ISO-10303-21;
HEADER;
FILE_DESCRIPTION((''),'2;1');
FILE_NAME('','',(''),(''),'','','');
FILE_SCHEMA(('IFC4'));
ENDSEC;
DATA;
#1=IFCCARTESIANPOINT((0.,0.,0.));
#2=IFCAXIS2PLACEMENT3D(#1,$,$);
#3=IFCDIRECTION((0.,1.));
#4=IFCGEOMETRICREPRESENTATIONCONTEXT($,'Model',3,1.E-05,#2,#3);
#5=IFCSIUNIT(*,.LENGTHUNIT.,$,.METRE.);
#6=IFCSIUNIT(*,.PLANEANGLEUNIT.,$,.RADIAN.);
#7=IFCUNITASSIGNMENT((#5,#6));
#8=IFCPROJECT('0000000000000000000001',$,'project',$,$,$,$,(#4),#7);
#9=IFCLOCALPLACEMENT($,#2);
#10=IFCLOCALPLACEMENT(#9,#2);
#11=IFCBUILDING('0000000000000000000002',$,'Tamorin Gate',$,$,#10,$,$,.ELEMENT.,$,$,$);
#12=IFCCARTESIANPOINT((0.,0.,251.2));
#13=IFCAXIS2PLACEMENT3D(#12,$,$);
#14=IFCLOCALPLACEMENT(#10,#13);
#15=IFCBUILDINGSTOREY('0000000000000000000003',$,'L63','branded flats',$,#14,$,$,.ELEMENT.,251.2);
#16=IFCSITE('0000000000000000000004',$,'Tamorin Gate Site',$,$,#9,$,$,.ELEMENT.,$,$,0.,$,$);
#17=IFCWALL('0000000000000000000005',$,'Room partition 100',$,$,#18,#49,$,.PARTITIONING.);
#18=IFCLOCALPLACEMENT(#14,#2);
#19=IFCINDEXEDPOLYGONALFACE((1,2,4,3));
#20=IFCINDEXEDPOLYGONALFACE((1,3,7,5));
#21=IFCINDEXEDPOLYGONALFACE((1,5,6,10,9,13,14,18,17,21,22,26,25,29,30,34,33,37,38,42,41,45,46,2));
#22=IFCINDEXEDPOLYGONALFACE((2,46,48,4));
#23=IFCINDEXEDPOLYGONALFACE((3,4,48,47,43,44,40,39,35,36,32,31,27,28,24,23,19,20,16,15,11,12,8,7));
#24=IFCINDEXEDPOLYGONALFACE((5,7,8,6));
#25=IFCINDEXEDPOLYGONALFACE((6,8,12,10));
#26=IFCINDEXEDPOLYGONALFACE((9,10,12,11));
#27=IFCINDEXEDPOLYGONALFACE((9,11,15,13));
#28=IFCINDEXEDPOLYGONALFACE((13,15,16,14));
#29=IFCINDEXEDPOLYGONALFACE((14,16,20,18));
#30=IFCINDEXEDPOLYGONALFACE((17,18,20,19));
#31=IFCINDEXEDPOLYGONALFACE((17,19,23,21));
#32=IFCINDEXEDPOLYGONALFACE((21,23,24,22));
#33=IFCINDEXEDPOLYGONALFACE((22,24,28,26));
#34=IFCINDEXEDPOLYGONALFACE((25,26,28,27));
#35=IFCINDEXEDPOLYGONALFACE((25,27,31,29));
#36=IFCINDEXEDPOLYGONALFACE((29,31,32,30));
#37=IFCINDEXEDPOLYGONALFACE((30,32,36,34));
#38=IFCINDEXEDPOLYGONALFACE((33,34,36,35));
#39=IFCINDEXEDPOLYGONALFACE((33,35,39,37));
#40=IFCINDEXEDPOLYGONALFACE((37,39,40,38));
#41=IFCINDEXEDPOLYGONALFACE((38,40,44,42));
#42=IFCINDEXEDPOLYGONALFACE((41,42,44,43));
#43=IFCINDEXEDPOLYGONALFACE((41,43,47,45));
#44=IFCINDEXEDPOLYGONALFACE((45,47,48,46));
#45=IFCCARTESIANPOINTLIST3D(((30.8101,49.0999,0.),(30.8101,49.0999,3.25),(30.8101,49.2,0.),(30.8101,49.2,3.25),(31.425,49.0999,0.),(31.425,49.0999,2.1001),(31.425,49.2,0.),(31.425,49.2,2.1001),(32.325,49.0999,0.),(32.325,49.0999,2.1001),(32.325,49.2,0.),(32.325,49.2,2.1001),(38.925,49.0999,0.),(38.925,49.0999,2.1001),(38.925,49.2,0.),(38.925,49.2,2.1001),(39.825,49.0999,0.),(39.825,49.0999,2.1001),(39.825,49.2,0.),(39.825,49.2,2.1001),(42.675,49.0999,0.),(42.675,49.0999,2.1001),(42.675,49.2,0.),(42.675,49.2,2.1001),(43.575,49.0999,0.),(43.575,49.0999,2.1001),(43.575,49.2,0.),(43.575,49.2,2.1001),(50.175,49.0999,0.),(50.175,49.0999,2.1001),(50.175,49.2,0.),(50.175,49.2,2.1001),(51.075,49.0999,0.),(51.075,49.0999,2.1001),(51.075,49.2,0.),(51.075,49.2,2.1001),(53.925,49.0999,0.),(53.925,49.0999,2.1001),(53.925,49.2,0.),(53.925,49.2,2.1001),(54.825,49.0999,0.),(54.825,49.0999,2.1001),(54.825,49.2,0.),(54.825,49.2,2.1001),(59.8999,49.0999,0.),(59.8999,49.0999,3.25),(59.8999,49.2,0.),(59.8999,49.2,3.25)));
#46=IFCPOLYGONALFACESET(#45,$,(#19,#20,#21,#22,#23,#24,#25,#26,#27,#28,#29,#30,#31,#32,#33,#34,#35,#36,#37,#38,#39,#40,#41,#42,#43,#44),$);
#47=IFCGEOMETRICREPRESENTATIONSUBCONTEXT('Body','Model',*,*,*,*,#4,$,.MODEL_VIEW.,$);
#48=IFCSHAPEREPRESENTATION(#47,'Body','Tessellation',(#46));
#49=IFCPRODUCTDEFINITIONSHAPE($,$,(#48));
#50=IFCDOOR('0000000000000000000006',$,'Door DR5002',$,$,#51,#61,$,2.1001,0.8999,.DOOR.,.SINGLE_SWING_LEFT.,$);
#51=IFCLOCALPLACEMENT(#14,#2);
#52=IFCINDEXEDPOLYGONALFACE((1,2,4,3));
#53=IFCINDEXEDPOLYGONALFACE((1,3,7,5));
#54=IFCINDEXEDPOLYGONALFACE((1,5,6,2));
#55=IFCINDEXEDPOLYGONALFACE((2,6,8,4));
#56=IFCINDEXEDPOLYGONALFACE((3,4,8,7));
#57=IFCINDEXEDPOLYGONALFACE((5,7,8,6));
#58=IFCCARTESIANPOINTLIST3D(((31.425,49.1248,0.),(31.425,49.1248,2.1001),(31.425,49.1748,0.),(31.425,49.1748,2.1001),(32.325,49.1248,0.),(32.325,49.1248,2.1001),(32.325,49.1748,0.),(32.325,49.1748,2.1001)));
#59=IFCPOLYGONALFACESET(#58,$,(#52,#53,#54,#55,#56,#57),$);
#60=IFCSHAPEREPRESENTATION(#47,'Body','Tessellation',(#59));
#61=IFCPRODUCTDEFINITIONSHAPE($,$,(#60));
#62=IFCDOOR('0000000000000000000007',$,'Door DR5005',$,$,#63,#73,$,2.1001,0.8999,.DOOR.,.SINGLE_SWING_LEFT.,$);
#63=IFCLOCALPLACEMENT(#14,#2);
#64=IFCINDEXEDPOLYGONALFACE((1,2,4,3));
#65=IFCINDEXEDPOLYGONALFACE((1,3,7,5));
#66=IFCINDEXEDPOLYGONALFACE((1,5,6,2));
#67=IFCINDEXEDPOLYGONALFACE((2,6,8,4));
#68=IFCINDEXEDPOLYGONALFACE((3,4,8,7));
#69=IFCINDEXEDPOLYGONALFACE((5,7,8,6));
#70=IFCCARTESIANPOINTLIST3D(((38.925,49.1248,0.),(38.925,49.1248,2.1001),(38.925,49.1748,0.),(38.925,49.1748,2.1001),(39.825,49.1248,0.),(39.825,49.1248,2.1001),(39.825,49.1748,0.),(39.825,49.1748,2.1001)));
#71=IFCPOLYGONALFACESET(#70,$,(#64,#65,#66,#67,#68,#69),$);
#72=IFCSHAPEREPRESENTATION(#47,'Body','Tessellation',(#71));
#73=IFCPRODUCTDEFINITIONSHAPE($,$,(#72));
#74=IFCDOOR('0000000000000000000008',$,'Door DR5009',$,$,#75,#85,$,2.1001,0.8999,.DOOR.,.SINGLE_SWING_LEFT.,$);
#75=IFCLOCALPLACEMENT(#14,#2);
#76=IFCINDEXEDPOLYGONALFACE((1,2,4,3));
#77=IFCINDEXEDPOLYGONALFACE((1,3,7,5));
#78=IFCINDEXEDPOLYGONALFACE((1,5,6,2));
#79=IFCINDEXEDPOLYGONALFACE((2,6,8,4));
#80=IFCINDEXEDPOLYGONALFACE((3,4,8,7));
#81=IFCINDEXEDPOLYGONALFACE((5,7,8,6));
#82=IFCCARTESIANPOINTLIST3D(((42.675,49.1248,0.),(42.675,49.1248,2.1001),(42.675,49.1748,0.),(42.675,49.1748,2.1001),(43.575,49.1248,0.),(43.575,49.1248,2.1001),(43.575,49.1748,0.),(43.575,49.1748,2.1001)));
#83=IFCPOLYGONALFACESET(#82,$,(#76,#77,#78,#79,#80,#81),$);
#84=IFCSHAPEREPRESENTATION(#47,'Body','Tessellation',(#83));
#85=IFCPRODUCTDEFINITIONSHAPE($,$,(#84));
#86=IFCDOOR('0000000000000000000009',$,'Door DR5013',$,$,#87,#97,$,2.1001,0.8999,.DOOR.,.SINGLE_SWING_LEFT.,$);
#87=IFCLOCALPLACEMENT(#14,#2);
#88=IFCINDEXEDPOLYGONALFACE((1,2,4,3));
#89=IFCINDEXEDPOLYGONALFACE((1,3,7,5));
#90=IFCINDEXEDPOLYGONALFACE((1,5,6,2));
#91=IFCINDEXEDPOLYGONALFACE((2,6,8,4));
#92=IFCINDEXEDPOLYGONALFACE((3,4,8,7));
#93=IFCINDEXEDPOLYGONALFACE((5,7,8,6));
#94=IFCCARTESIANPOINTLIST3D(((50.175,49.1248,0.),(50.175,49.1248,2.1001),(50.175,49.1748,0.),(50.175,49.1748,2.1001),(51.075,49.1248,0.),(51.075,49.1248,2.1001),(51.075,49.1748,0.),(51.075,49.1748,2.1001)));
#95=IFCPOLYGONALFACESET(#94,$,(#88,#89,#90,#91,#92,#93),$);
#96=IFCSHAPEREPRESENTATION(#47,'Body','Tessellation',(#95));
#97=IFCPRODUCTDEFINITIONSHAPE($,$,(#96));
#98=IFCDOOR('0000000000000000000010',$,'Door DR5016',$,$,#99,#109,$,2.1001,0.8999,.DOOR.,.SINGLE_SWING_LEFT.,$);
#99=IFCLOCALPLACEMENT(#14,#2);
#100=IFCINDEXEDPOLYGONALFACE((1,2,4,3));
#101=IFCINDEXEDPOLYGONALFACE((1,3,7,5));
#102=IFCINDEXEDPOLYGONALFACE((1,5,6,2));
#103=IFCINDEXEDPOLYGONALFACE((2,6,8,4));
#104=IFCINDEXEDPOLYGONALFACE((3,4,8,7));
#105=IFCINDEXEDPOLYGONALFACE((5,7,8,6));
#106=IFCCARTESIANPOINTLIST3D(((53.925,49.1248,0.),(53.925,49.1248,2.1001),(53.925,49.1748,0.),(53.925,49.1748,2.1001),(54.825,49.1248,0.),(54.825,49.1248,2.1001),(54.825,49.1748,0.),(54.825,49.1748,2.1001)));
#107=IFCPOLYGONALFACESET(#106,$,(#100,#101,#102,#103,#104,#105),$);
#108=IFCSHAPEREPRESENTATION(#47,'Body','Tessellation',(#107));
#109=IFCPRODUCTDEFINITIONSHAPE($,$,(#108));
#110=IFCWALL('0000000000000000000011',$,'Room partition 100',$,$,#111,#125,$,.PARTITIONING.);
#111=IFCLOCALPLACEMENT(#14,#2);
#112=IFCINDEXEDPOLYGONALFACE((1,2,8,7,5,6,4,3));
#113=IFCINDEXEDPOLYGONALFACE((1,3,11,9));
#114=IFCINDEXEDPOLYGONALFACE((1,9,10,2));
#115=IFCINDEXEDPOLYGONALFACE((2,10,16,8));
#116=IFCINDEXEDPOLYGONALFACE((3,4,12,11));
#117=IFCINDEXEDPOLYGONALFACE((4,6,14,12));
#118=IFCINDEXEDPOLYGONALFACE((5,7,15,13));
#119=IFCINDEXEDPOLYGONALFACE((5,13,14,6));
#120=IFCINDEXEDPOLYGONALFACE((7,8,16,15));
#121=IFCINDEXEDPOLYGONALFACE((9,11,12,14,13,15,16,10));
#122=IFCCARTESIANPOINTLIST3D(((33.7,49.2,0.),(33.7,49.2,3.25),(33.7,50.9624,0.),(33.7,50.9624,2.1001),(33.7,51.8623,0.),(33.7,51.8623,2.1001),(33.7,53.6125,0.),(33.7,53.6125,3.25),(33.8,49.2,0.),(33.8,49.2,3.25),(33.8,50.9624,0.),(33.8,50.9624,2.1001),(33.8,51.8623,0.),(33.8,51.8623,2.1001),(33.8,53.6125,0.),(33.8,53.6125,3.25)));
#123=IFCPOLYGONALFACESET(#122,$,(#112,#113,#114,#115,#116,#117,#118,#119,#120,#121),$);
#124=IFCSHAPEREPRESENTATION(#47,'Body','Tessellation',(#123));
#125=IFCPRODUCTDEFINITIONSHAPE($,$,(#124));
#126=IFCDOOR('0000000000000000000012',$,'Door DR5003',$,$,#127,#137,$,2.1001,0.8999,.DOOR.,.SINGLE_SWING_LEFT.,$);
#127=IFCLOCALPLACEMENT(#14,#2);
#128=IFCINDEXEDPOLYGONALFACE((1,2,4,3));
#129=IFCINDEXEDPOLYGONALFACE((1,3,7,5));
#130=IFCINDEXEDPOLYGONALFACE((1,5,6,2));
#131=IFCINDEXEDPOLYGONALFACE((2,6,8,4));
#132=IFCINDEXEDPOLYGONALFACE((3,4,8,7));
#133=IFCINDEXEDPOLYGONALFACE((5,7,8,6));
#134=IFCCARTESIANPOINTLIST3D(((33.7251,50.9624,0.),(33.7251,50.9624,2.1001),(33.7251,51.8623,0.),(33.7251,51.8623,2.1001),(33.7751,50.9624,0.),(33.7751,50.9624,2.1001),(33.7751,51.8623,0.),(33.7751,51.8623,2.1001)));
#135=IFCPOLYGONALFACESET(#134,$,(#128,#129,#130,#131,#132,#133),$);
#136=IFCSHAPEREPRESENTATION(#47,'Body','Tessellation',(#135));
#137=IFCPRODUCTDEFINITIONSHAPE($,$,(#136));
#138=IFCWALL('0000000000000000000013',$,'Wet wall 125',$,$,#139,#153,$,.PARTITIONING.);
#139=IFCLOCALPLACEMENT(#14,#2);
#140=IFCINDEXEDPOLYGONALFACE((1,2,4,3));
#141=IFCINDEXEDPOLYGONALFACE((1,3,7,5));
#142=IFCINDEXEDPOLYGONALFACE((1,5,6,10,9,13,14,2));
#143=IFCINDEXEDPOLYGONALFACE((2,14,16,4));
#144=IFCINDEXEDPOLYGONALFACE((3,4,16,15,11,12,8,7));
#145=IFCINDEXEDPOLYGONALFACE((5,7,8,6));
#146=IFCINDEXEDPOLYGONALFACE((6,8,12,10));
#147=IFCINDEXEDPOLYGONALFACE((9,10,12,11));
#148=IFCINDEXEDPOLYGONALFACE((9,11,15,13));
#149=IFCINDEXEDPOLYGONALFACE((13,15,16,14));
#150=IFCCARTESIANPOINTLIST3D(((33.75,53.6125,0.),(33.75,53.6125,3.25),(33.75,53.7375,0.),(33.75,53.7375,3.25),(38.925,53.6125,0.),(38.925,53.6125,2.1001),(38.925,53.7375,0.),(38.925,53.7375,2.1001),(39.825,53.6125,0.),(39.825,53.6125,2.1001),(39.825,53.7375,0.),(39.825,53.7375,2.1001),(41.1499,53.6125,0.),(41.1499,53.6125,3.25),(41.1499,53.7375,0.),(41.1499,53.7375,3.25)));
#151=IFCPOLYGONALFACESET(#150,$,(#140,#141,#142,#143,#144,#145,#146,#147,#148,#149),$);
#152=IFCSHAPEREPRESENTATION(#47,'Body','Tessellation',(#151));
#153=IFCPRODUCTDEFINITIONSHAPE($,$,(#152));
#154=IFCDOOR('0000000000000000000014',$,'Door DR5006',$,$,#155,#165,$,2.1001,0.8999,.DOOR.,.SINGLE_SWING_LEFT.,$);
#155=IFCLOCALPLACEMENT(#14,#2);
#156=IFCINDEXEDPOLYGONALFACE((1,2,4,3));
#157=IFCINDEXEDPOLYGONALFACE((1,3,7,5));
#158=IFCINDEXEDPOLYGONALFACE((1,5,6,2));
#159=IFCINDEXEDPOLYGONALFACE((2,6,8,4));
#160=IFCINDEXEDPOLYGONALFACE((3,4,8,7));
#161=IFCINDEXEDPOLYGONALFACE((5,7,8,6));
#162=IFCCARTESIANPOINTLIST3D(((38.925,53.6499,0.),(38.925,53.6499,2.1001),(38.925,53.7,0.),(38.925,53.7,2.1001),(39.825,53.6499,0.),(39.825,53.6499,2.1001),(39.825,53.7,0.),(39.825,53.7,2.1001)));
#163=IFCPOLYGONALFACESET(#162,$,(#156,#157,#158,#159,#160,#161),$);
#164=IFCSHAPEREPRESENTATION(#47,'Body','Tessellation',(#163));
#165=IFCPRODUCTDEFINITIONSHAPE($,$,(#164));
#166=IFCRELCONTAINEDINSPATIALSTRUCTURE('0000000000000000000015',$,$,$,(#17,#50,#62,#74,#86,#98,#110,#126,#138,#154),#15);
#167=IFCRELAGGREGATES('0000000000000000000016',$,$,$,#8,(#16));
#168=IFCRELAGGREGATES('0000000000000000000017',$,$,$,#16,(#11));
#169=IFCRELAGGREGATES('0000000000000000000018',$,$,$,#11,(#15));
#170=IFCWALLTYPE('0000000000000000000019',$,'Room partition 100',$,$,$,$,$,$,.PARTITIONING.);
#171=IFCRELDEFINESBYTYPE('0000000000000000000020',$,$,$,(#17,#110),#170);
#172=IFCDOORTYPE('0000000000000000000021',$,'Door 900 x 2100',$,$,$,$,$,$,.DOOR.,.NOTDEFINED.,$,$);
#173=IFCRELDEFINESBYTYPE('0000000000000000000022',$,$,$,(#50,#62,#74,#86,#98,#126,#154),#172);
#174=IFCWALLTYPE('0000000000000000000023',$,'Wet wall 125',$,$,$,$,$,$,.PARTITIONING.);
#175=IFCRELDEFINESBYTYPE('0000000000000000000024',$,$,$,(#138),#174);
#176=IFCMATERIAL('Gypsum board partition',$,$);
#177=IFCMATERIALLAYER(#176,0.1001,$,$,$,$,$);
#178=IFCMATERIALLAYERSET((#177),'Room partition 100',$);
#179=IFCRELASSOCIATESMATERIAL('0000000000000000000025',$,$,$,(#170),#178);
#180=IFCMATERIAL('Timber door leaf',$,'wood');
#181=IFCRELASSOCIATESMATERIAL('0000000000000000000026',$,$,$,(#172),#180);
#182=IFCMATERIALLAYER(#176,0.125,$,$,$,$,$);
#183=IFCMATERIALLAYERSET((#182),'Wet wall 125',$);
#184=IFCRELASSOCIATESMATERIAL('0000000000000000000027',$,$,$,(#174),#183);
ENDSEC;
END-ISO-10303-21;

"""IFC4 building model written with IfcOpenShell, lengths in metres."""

from ifc_helpers import new_model, si_unit, direction, frame, frame_2d, origin, place, context, subcontext, project, spatial, rectangle, extrude, material, layer, layer_set, type_object, element, fill, save


model = new_model("IFC4")

# Units and contexts
model_context = context("Model", 3, precision=1e-05, world=origin(), true_north=direction((0.0, 1.0)))
body_context = subcontext(model_context, "Body", "Model", "MODEL_VIEW")
ifc_project = project(units=[si_unit("LENGTHUNIT", "METRE"), si_unit("PLANEANGLEUNIT", "RADIAN")], contexts=[model_context])

# Site, building, storey
site_placement = place(None, origin())
site = spatial("IfcSite", under=ifc_project, at=site_placement, Name="Tamorin Gate Site", CompositionType="ELEMENT", RefElevation=0.0)
building_placement = place(site_placement, origin())
building = spatial("IfcBuilding", under=site, at=building_placement, Name="Tamorin Gate", CompositionType="ELEMENT")
storey_placement = place(building_placement, frame((0.0, 0.0, 251.2)))
storey = spatial("IfcBuildingStorey", under=building, at=storey_placement, Name="L63", Description="branded flats", CompositionType="ELEMENT", Elevation=251.2)

# Wall, openings, doors
ifc_material_1 = material(Name="Gypsum board partition")
ifc_layer_1 = layer(ifc_material_1, 0.1001)
ifc_layer_set_1 = layer_set([ifc_layer_1], Name="Room partition 100")
wall_type_1 = type_object("IfcWallType", Name="Room partition 100", PredefinedType="PARTITIONING", material=ifc_layer_set_1)
wall_1_placement = place(storey_placement, frame((30.8101, 49.1499, 0.0), z_axis=(0.0, 0.0, 1.0), x_axis=(1.0, 0.0, 0.0)))
wall_1 = element("IfcWall", 1, at=wall_1_placement, inside=storey, type_object=wall_type_1, Name="Room partition 100", PredefinedType="PARTITIONING", context=body_context, shape_type="SweptSolid", body=[
    extrude(rectangle(XDim=29.0898, YDim=0.1001, at=frame_2d((14.5449, 0.0))), origin(), (0.0, 0.0, 1.0), 3.25),
])
opening_1_placement = place(wall_1_placement, frame((0.615, 0.0, 0.0)))
opening_1 = element("IfcOpeningElement", 2, at=opening_1_placement, cuts=wall_1, PredefinedType="OPENING", context=body_context, shape_type="SweptSolid", body=[
    extrude(rectangle(XDim=0.8999, YDim=2.1001, at=frame_2d((0.45, 1.05))), frame((0.0, 0.0601, 0.0), z_axis=(0.0, -1.0, 0.0), x_axis=(1.0, 0.0, 0.0)), (0.0, 0.0, 1.0), 0.1201),
])
opening_2_placement = place(wall_1_placement, frame((8.115, 0.0, 0.0)))
opening_2 = element("IfcOpeningElement", 3, at=opening_2_placement, cuts=wall_1, PredefinedType="OPENING", context=body_context, shape_type="SweptSolid", body=[
    extrude(rectangle(XDim=0.8999, YDim=2.1001, at=frame_2d((0.45, 1.05))), frame((0.0, 0.0601, 0.0), z_axis=(0.0, -1.0, 0.0), x_axis=(1.0, 0.0, 0.0)), (0.0, 0.0, 1.0), 0.1201),
])
opening_3_placement = place(wall_1_placement, frame((11.865, 0.0, 0.0)))
opening_3 = element("IfcOpeningElement", 4, at=opening_3_placement, cuts=wall_1, PredefinedType="OPENING", context=body_context, shape_type="SweptSolid", body=[
    extrude(rectangle(XDim=0.8999, YDim=2.1001, at=frame_2d((0.45, 1.05))), frame((0.0, 0.0601, 0.0), z_axis=(0.0, -1.0, 0.0), x_axis=(1.0, 0.0, 0.0)), (0.0, 0.0, 1.0), 0.1201),
])
opening_4_placement = place(wall_1_placement, frame((19.365, 0.0, 0.0)))
opening_4 = element("IfcOpeningElement", 5, at=opening_4_placement, cuts=wall_1, PredefinedType="OPENING", context=body_context, shape_type="SweptSolid", body=[
    extrude(rectangle(XDim=0.8999, YDim=2.1001, at=frame_2d((0.45, 1.05))), frame((0.0, 0.0601, 0.0), z_axis=(0.0, -1.0, 0.0), x_axis=(1.0, 0.0, 0.0)), (0.0, 0.0, 1.0), 0.1201),
])
opening_5_placement = place(wall_1_placement, frame((23.115, 0.0, 0.0)))
opening_5 = element("IfcOpeningElement", 6, at=opening_5_placement, cuts=wall_1, PredefinedType="OPENING", context=body_context, shape_type="SweptSolid", body=[
    extrude(rectangle(XDim=0.8999, YDim=2.1001, at=frame_2d((0.45, 1.05))), frame((0.0, 0.0601, 0.0), z_axis=(0.0, -1.0, 0.0), x_axis=(1.0, 0.0, 0.0)), (0.0, 0.0, 1.0), 0.1201),
])
ifc_material_2 = material(Name="Timber door leaf", Category="wood")
door_type = type_object("IfcDoorType", Name="Door 900 x 2100", OperationType="NOTDEFINED", PredefinedType="DOOR", material=ifc_material_2)
door_1_placement = place(opening_1_placement, origin())
door_1 = element("IfcDoor", 7, at=door_1_placement, inside=storey, type_object=door_type, Name="Door DR5002", OperationType="SINGLE_SWING_LEFT", OverallHeight=2.1001, OverallWidth=0.8999, PredefinedType="DOOR", context=body_context, shape_type="SweptSolid", body=[
    extrude(rectangle(XDim=0.8999, YDim=2.1001, at=frame_2d((0.45, 1.05))), frame((0.0, 0.0249, 0.0), z_axis=(0.0, -1.0, 0.0), x_axis=(1.0, 0.0, 0.0)), (0.0, 0.0, 1.0), 0.05),
])
fill(opening_1, door_1)
door_2_placement = place(opening_2_placement, origin())
door_2 = element("IfcDoor", 8, at=door_2_placement, inside=storey, type_object=door_type, Name="Door DR5005", OperationType="SINGLE_SWING_LEFT", OverallHeight=2.1001, OverallWidth=0.8999, PredefinedType="DOOR", context=body_context, shape_type="SweptSolid", body=[
    extrude(rectangle(XDim=0.8999, YDim=2.1001, at=frame_2d((0.45, 1.05))), frame((0.0, 0.0249, 0.0), z_axis=(0.0, -1.0, 0.0), x_axis=(1.0, 0.0, 0.0)), (0.0, 0.0, 1.0), 0.05),
])
fill(opening_2, door_2)
door_3_placement = place(opening_3_placement, origin())
door_3 = element("IfcDoor", 9, at=door_3_placement, inside=storey, type_object=door_type, Name="Door DR5009", OperationType="SINGLE_SWING_LEFT", OverallHeight=2.1001, OverallWidth=0.8999, PredefinedType="DOOR", context=body_context, shape_type="SweptSolid", body=[
    extrude(rectangle(XDim=0.8999, YDim=2.1001, at=frame_2d((0.45, 1.05))), frame((0.0, 0.0249, 0.0), z_axis=(0.0, -1.0, 0.0), x_axis=(1.0, 0.0, 0.0)), (0.0, 0.0, 1.0), 0.05),
])
fill(opening_3, door_3)
door_4_placement = place(opening_4_placement, origin())
door_4 = element("IfcDoor", 10, at=door_4_placement, inside=storey, type_object=door_type, Name="Door DR5013", OperationType="SINGLE_SWING_LEFT", OverallHeight=2.1001, OverallWidth=0.8999, PredefinedType="DOOR", context=body_context, shape_type="SweptSolid", body=[
    extrude(rectangle(XDim=0.8999, YDim=2.1001, at=frame_2d((0.45, 1.05))), frame((0.0, 0.0249, 0.0), z_axis=(0.0, -1.0, 0.0), x_axis=(1.0, 0.0, 0.0)), (0.0, 0.0, 1.0), 0.05),
])
fill(opening_4, door_4)
door_5_placement = place(opening_5_placement, origin())
door_5 = element("IfcDoor", 11, at=door_5_placement, inside=storey, type_object=door_type, Name="Door DR5016", OperationType="SINGLE_SWING_LEFT", OverallHeight=2.1001, OverallWidth=0.8999, PredefinedType="DOOR", context=body_context, shape_type="SweptSolid", body=[
    extrude(rectangle(XDim=0.8999, YDim=2.1001, at=frame_2d((0.45, 1.05))), frame((0.0, 0.0249, 0.0), z_axis=(0.0, -1.0, 0.0), x_axis=(1.0, 0.0, 0.0)), (0.0, 0.0, 1.0), 0.05),
])
fill(opening_5, door_5)

# Walls, openings, doors
wall_2_placement = place(storey_placement, frame((33.75, 49.2, 0.0), z_axis=(0.0, 0.0, 1.0), x_axis=(0.0, 1.0, 0.0)))
wall_2 = element("IfcWall", 12, at=wall_2_placement, inside=storey, type_object=wall_type_1, Name="Room partition 100", PredefinedType="PARTITIONING", context=body_context, shape_type="SweptSolid", body=[
    extrude(rectangle(XDim=4.4126, YDim=0.1001, at=frame_2d((2.2063, 0.0))), origin(), (0.0, 0.0, 1.0), 3.25),
])
opening_6_placement = place(wall_2_placement, frame((1.7625, 0.0, 0.0)))
opening_6 = element("IfcOpeningElement", 13, at=opening_6_placement, cuts=wall_2, PredefinedType="OPENING", context=body_context, shape_type="SweptSolid", body=[
    extrude(rectangle(XDim=0.8999, YDim=2.1001, at=frame_2d((0.45, 1.05))), frame((0.0, 0.0601, 0.0), z_axis=(0.0, -1.0, 0.0), x_axis=(1.0, 0.0, 0.0)), (0.0, 0.0, 1.0), 0.1201),
])
door_6_placement = place(opening_6_placement, origin())
door_6 = element("IfcDoor", 14, at=door_6_placement, inside=storey, type_object=door_type, Name="Door DR5003", OperationType="SINGLE_SWING_LEFT", OverallHeight=2.1001, OverallWidth=0.8999, PredefinedType="DOOR", context=body_context, shape_type="SweptSolid", body=[
    extrude(rectangle(XDim=0.8999, YDim=2.1001, at=frame_2d((0.45, 1.05))), frame((0.0, 0.0249, 0.0), z_axis=(0.0, -1.0, 0.0), x_axis=(1.0, 0.0, 0.0)), (0.0, 0.0, 1.0), 0.05),
])
fill(opening_6, door_6)
ifc_layer_2 = layer(ifc_material_1, 0.125)
ifc_layer_set_2 = layer_set([ifc_layer_2], Name="Wet wall 125")
wall_type_2 = type_object("IfcWallType", Name="Wet wall 125", PredefinedType="PARTITIONING", material=ifc_layer_set_2)
wall_3_placement = place(storey_placement, frame((33.75, 53.675, 0.0), z_axis=(0.0, 0.0, 1.0), x_axis=(1.0, 0.0, 0.0)))
wall_3 = element("IfcWall", 15, at=wall_3_placement, inside=storey, type_object=wall_type_2, Name="Wet wall 125", PredefinedType="PARTITIONING", context=body_context, shape_type="SweptSolid", body=[
    extrude(rectangle(XDim=7.3999, YDim=0.125, at=frame_2d((3.7, 0.0))), origin(), (0.0, 0.0, 1.0), 3.25),
])
opening_7_placement = place(wall_3_placement, frame((5.175, 0.0, 0.0)))
opening_7 = element("IfcOpeningElement", 16, at=opening_7_placement, cuts=wall_3, PredefinedType="OPENING", context=body_context, shape_type="SweptSolid", body=[
    extrude(rectangle(XDim=0.8999, YDim=2.1001, at=frame_2d((0.45, 1.05))), frame((0.0, 0.0725, 0.0), z_axis=(0.0, -1.0, 0.0), x_axis=(1.0, 0.0, 0.0)), (0.0, 0.0, 1.0), 0.145),
])
door_7_placement = place(opening_7_placement, origin())
door_7 = element("IfcDoor", 17, at=door_7_placement, inside=storey, type_object=door_type, Name="Door DR5006", OperationType="SINGLE_SWING_LEFT", OverallHeight=2.1001, OverallWidth=0.8999, PredefinedType="DOOR", context=body_context, shape_type="SweptSolid", body=[
    extrude(rectangle(XDim=0.8999, YDim=2.1001, at=frame_2d((0.45, 1.05))), frame((0.0, 0.0249, 0.0), z_axis=(0.0, -1.0, 0.0), x_axis=(1.0, 0.0, 0.0)), (0.0, 0.0, 1.0), 0.05),
])
fill(opening_7, door_7)

save(model, "model.ifc")
